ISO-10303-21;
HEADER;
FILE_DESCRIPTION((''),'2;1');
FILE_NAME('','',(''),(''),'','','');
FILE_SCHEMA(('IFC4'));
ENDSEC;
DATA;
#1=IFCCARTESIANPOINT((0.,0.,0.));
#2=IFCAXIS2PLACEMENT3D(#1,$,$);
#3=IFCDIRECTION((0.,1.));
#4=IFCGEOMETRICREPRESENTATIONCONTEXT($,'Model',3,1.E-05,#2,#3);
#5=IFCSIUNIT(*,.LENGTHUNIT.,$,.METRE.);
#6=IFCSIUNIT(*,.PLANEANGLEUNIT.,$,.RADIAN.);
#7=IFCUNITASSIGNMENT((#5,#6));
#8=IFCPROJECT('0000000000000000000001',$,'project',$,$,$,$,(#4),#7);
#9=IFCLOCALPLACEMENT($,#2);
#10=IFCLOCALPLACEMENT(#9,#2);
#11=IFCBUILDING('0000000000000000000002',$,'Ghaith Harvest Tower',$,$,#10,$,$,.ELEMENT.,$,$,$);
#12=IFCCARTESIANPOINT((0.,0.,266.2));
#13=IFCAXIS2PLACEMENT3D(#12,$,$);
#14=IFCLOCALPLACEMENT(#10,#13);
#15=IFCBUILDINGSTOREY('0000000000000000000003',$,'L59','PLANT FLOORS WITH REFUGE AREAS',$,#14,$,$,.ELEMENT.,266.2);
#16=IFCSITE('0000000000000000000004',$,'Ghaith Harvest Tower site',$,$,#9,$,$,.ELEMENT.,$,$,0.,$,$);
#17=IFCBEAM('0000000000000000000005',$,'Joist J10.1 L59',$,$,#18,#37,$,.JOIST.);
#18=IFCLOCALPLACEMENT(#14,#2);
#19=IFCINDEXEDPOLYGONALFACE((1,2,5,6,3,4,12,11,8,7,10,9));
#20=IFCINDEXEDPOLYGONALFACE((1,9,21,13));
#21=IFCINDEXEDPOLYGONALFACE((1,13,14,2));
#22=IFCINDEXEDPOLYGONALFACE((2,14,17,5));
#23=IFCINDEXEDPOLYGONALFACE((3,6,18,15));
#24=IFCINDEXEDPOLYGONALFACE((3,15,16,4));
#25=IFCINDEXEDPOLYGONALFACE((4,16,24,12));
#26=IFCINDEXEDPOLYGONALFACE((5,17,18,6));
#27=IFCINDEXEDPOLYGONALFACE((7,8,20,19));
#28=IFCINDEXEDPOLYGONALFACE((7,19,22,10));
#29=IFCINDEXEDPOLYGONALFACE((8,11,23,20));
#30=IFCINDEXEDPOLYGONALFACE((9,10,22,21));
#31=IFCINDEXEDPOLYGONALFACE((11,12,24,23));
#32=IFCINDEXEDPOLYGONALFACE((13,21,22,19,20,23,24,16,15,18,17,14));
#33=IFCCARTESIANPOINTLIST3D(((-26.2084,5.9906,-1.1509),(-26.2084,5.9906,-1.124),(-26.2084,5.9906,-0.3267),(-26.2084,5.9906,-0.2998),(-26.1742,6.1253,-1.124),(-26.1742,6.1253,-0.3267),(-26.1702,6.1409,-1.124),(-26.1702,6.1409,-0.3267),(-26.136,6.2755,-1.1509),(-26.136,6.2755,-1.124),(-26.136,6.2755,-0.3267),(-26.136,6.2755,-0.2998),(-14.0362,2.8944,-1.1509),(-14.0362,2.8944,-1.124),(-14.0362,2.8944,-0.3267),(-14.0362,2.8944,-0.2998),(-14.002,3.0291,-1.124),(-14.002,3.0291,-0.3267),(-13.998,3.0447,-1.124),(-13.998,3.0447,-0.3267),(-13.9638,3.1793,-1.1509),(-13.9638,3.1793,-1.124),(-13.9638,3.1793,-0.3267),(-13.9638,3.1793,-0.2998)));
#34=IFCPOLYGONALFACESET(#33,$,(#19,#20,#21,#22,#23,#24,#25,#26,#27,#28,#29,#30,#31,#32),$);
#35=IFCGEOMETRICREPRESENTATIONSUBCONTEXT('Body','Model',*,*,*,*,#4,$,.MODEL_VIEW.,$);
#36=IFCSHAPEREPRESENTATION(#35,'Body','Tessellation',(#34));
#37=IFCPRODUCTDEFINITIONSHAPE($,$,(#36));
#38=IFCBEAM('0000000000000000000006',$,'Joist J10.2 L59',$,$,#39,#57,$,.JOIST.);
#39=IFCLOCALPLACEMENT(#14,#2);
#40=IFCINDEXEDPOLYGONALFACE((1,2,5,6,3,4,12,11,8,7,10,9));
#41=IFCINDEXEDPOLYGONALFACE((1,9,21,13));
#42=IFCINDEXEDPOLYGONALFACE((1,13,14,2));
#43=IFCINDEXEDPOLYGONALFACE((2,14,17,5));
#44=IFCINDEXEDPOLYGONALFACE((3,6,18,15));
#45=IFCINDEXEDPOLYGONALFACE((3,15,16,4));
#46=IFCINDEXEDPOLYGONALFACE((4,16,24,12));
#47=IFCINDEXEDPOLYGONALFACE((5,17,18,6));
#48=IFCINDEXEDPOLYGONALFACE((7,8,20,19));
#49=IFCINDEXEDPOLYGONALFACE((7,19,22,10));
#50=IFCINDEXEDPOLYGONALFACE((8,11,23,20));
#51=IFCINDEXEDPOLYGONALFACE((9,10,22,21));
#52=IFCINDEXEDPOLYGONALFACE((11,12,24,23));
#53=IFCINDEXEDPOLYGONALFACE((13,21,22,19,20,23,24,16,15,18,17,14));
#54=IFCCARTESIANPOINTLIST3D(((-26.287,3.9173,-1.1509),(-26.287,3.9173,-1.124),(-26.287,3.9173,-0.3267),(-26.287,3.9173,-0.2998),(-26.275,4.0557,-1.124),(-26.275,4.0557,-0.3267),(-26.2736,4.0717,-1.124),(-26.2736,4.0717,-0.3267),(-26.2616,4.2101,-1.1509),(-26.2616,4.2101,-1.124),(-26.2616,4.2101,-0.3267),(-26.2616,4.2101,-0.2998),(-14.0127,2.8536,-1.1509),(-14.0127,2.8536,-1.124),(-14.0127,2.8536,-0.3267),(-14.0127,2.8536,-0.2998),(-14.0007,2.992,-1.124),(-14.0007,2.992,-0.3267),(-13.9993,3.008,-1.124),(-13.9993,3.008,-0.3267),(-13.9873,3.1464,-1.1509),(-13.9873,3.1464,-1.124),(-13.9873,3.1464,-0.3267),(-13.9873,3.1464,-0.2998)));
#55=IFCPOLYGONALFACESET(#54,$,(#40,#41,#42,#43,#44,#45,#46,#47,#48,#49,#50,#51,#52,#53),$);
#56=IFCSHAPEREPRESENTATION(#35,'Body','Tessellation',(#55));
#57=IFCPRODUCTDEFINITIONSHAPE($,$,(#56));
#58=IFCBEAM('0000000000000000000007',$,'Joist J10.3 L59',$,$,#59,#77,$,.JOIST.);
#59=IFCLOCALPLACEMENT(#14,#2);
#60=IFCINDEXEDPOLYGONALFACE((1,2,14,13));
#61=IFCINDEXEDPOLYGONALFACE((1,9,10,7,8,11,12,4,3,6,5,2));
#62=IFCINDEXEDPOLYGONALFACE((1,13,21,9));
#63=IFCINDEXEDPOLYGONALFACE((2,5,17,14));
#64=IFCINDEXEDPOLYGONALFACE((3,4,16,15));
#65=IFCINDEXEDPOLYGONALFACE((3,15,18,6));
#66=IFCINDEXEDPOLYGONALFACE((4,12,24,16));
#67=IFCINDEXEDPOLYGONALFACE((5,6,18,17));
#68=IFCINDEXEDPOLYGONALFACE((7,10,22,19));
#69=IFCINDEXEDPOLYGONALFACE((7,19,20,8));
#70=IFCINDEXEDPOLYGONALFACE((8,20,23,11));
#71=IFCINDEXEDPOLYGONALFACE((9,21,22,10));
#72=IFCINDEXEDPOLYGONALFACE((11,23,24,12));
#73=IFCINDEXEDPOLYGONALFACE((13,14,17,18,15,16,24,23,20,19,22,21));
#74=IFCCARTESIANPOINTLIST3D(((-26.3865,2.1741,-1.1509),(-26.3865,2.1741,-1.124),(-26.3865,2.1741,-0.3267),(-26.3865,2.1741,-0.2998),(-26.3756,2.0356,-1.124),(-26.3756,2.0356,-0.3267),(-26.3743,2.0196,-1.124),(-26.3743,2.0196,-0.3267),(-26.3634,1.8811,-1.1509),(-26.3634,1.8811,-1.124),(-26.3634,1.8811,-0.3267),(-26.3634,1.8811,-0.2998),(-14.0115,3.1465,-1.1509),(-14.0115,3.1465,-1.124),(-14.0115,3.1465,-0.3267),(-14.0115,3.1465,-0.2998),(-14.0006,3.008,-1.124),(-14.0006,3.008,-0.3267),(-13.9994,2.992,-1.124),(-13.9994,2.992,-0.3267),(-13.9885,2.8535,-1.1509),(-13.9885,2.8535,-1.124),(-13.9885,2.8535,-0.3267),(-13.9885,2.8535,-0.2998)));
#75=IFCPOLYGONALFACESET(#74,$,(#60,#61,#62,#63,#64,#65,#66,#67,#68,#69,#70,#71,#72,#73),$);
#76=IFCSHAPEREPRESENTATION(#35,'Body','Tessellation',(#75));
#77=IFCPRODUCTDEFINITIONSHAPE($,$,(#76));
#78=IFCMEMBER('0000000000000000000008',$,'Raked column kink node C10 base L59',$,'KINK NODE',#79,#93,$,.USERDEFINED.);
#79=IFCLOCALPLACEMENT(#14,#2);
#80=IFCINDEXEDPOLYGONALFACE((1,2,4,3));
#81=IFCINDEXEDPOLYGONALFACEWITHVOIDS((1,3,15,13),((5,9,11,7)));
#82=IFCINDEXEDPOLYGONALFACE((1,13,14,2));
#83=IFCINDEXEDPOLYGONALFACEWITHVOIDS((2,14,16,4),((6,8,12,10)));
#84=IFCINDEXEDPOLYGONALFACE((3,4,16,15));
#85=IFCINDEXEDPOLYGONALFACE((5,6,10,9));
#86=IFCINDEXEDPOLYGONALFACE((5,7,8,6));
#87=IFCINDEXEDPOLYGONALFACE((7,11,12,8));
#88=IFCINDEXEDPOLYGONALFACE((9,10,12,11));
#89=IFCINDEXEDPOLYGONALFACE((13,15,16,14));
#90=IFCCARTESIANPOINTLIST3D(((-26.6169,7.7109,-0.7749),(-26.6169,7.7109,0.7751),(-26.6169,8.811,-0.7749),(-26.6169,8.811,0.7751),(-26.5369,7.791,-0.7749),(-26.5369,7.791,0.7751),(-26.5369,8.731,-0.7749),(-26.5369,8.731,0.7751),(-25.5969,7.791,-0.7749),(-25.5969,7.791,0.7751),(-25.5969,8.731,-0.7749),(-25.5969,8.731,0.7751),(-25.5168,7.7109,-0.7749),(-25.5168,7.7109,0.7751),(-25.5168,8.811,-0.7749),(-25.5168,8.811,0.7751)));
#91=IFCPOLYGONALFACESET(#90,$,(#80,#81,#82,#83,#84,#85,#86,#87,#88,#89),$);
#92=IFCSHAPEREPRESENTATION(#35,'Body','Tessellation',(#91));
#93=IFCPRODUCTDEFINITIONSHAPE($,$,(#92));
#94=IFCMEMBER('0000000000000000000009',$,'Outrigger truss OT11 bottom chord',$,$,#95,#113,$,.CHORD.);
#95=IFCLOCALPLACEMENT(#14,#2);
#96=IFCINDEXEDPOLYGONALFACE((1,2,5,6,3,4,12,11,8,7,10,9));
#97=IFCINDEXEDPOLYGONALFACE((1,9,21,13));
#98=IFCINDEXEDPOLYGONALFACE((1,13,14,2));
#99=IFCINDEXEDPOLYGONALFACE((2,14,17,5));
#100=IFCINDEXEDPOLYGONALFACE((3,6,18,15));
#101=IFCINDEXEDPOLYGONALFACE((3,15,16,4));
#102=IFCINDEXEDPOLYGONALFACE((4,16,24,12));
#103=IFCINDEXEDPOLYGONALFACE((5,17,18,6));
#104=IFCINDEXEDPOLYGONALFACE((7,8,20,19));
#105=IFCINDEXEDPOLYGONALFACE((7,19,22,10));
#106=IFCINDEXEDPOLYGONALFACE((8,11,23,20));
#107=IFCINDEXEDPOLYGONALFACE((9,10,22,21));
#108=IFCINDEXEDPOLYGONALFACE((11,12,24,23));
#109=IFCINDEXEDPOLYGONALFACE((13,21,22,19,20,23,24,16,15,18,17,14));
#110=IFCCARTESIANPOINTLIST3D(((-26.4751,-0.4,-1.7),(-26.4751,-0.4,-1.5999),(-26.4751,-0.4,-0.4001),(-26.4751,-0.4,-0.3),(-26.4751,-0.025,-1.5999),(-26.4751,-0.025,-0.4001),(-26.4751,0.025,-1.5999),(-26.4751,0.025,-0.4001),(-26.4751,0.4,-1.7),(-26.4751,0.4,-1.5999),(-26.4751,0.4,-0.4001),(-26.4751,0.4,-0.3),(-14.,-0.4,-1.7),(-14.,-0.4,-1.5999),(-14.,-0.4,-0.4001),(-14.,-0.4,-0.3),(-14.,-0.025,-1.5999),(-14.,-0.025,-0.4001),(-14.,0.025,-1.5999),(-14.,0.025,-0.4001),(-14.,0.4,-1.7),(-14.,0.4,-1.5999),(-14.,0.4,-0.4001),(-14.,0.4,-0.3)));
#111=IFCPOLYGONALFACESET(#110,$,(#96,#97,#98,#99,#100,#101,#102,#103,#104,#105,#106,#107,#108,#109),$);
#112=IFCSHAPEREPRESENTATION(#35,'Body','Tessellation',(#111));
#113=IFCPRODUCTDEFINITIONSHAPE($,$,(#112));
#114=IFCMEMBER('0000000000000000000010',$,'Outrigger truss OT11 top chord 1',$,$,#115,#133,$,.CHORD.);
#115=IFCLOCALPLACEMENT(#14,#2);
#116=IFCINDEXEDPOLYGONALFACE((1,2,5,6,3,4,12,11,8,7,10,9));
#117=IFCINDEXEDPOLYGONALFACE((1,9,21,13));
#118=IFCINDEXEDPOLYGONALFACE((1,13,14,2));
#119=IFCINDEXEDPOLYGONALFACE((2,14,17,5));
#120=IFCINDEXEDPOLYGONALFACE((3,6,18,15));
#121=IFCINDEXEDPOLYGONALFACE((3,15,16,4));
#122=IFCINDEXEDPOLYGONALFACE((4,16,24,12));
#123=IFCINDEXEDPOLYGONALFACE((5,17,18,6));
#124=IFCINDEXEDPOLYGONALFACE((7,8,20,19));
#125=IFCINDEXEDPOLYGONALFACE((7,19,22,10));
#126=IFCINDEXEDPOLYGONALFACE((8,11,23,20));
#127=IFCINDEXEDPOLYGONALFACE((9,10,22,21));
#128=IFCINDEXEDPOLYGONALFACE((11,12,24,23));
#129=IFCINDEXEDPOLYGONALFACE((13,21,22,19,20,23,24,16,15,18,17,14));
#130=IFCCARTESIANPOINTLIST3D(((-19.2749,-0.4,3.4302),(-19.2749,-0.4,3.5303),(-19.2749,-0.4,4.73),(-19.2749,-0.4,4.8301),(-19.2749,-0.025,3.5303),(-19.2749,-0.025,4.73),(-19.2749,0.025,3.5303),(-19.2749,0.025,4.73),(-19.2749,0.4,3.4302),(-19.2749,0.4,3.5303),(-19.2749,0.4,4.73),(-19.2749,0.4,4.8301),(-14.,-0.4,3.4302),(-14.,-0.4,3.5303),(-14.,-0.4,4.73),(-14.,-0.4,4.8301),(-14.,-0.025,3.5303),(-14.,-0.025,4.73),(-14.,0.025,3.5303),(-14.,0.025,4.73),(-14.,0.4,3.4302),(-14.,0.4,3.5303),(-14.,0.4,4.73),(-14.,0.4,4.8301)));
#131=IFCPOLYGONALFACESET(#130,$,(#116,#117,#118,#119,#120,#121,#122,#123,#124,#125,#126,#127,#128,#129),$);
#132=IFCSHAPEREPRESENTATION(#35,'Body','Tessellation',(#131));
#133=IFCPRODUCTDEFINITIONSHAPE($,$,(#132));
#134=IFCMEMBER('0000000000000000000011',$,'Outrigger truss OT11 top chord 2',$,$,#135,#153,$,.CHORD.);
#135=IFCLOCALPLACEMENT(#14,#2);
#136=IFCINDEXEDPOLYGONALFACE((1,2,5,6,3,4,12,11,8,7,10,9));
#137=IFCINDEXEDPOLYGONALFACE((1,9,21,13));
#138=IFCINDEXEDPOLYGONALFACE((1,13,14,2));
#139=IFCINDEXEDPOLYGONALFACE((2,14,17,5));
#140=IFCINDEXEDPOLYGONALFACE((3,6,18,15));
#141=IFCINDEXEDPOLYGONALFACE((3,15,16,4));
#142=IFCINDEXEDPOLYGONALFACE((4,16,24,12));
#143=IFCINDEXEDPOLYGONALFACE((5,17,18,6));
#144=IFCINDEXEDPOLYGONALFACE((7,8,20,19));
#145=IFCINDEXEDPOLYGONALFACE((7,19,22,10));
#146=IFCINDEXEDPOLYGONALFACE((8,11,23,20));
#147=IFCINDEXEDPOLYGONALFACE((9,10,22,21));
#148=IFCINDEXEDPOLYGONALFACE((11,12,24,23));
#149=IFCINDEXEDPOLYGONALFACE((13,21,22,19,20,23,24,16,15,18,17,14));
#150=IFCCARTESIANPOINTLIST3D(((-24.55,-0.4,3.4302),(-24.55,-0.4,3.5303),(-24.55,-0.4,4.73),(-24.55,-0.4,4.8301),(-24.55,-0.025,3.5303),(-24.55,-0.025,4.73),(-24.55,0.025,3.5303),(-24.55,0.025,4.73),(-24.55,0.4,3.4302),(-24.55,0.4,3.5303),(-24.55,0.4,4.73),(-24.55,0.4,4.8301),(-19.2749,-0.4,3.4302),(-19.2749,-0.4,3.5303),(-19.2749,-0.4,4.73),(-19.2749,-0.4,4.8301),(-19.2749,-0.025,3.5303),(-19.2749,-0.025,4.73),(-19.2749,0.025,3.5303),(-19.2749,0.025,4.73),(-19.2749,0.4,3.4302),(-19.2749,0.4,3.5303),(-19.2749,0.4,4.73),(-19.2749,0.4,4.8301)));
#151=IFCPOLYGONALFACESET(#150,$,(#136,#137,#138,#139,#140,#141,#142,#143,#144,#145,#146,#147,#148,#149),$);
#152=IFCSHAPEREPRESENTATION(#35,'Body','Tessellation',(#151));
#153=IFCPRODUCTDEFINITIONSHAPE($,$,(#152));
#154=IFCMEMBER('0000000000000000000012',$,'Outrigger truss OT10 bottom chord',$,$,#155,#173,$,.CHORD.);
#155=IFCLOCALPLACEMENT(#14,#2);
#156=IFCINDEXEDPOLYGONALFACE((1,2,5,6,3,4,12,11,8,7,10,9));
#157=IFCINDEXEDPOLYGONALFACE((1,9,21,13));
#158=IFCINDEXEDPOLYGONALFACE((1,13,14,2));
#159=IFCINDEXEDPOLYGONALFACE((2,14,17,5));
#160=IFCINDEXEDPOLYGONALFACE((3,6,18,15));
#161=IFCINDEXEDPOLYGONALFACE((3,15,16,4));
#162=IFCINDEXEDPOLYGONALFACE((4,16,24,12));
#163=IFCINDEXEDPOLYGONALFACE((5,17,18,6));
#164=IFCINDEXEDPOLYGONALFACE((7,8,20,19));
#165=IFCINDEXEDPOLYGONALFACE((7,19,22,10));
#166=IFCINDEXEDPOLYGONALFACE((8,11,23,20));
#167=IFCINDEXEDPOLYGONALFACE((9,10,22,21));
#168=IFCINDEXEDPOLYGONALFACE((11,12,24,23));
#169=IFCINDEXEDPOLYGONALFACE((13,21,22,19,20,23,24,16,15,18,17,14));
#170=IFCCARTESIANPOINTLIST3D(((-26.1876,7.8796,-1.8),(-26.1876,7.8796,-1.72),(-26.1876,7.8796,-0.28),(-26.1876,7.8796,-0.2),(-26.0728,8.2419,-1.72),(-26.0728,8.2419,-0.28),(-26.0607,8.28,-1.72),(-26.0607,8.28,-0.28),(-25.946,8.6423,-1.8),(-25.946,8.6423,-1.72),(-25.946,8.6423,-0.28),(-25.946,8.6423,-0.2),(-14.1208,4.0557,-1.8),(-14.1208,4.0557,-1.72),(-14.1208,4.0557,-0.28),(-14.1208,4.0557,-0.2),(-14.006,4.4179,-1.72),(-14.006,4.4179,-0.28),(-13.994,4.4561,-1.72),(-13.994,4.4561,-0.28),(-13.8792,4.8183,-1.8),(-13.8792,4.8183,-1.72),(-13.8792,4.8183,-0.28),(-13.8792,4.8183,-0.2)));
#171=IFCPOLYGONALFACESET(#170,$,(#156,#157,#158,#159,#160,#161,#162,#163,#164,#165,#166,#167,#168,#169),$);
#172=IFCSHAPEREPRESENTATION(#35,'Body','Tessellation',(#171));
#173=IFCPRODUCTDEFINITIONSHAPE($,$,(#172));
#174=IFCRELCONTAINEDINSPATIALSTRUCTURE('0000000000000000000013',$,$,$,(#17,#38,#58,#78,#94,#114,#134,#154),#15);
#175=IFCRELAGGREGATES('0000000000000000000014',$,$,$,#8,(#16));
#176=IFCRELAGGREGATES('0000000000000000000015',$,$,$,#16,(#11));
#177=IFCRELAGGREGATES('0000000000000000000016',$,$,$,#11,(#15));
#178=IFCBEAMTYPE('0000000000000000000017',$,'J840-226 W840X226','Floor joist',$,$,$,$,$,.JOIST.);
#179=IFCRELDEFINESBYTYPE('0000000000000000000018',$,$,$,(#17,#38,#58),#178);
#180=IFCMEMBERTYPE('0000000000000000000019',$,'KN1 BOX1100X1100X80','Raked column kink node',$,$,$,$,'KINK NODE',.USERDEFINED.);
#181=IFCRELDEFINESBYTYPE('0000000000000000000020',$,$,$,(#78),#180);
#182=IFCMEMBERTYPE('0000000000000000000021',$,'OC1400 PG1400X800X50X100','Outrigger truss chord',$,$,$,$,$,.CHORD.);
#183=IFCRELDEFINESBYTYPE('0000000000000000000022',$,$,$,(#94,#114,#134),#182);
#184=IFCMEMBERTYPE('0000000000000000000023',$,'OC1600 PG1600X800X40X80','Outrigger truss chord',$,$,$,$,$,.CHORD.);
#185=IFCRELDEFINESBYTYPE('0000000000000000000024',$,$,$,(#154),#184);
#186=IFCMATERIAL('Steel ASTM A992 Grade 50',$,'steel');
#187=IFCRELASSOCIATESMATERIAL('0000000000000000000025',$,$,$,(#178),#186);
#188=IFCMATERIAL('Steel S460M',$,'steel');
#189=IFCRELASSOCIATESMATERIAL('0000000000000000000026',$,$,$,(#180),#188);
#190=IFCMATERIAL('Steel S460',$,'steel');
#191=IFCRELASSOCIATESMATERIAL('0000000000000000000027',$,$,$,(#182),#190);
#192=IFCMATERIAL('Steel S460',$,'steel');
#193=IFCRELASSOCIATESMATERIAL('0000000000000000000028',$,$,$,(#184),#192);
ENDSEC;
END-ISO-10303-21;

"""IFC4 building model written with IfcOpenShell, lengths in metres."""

from ifc_helpers import new_model, si_unit, direction, frame, origin, origin_2d, place, context, subcontext, project, spatial, hollow_rectangle, i_section, extrude, material, material_profile, profile_set, type_object, element, save


model = new_model("IFC4")

# Units and contexts
model_context = context("Model", 3, precision=1e-05, world=origin(), true_north=direction((0.0, 1.0)))
body_context = subcontext(model_context, "Body", "Model", "MODEL_VIEW")
ifc_project = project(units=[si_unit("LENGTHUNIT", "METRE"), si_unit("PLANEANGLEUNIT", "RADIAN")], contexts=[model_context])

# Site, building, storey
site_placement = place(None, origin())
site = spatial("IfcSite", under=ifc_project, at=site_placement, Name="Ghaith Harvest Tower site", CompositionType="ELEMENT", RefElevation=0.0)
building_placement = place(site_placement, origin())
building = spatial("IfcBuilding", under=site, at=building_placement, Name="Ghaith Harvest Tower", CompositionType="ELEMENT")
storey_placement = place(building_placement, frame((0.0, 0.0, 266.2)))
storey = spatial("IfcBuildingStorey", under=building, at=storey_placement, Name="L59", Description="PLANT FLOORS WITH REFUGE AREAS", CompositionType="ELEMENT", Elevation=266.2)

# Beams
ifc_material_1 = material(Name="Steel ASTM A992 Grade 50", Category="steel")
ifc_material_profile_1 = material_profile(ifc_material_1, i_section(OverallWidth=0.2939, OverallDepth=0.8511, WebThickness=0.0161, FlangeThickness=0.0269, at=origin_2d()), Name="W840X226")
ifc_profile_set_1 = profile_set([ifc_material_profile_1], Name="Steel ASTM A992 Grade 50")
beam_type_1 = type_object("IfcBeamType", Name="J840-226 W840X226", Description="Floor joist", PredefinedType="JOIST", material=ifc_profile_set_1)
beam_1_placement = place(storey_placement, frame((-14.0, 3.0369, -0.7253), z_axis=(-0.969138, 0.246517, 0.0), x_axis=(-0.246517, -0.969138, 0.0)))
element("IfcBeam", 1, at=beam_1_placement, inside=storey, type_object=beam_type_1, Name="Joist J10.1 L59", PredefinedType="JOIST", context=body_context, shape_type="SweptSolid", body=[
    extrude(i_section(OverallWidth=0.2939, OverallDepth=0.8511, WebThickness=0.0161, FlangeThickness=0.0269, at=origin_2d()), origin(), (0.0, 0.0, 1.0), 12.5598),
])
beam_2_placement = place(storey_placement, frame((-14.0, 3.0, -0.7253), z_axis=(-0.996266, 0.086338, 0.0), x_axis=(-0.086338, -0.996266, 0.0)))
element("IfcBeam", 2, at=beam_2_placement, inside=storey, type_object=beam_type_1, Name="Joist J10.2 L59", PredefinedType="JOIST", context=body_context, shape_type="SweptSolid", body=[
    extrude(i_section(OverallWidth=0.2939, OverallDepth=0.8511, WebThickness=0.0161, FlangeThickness=0.0269, at=origin_2d()), origin(), (0.0, 0.0, 1.0), 12.3203),
])
beam_3_placement = place(storey_placement, frame((-14.0, 3.0, -0.7253), z_axis=(-0.996927, -0.078337, 0.0), x_axis=(0.078337, -0.996927, 0.0)))
element("IfcBeam", 3, at=beam_3_placement, inside=storey, type_object=beam_type_1, Name="Joist J10.3 L59", PredefinedType="JOIST", context=body_context, shape_type="SweptSolid", body=[
    extrude(i_section(OverallWidth=0.2939, OverallDepth=0.8511, WebThickness=0.0161, FlangeThickness=0.0269, at=origin_2d()), origin(), (0.0, 0.0, 1.0), 12.4131),
])

# Members
ifc_material_2 = material(Name="Steel S460M", Category="steel")
ifc_material_profile_2 = material_profile(ifc_material_2, hollow_rectangle(XDim=1.1001, YDim=1.1001, WallThickness=0.0801, at=origin_2d()), Name="BOX1100X1100X80")
ifc_profile_set_2 = profile_set([ifc_material_profile_2], Name="Steel S460M")
member_type_1 = type_object("IfcMemberType", Name="KN1 BOX1100X1100X80", Description="Raked column kink node", ElementType="KINK NODE", PredefinedType="USERDEFINED", material=ifc_profile_set_2)
member_1_placement = place(storey_placement, frame((-26.0669, 8.261, -0.7749), z_axis=(0.0, 0.0, 1.0), x_axis=(1.0, 0.0, 0.0)))
element("IfcMember", 4, at=member_1_placement, inside=storey, type_object=member_type_1, Name="Raked column kink node C10 base L59", ObjectType="KINK NODE", PredefinedType="USERDEFINED", context=body_context, shape_type="SweptSolid", body=[
    extrude(hollow_rectangle(XDim=1.1001, YDim=1.1001, WallThickness=0.0801, at=origin_2d()), origin(), (0.0, 0.0, 1.0), 1.55),
])
ifc_material_3 = material(Name="Steel S460", Category="steel")
ifc_material_profile_3 = material_profile(ifc_material_3, i_section(OverallWidth=0.8, OverallDepth=1.3999, WebThickness=0.05, FlangeThickness=0.1001, at=origin_2d()), Name="PG1400X800X50X100")
ifc_profile_set_3 = profile_set([ifc_material_profile_3], Name="Steel S460")
member_type_2 = type_object("IfcMemberType", Name="OC1400 PG1400X800X50X100", Description="Outrigger truss chord", PredefinedType="CHORD", material=ifc_profile_set_3)
member_2_placement = place(storey_placement, frame((-14.0, 0.0, -1.0), z_axis=(-1.0, 0.0, 0.0), x_axis=(0.0, -1.0, 0.0)))
element("IfcMember", 5, at=member_2_placement, inside=storey, type_object=member_type_2, Name="Outrigger truss OT11 bottom chord", PredefinedType="CHORD", context=body_context, shape_type="SweptSolid", body=[
    extrude(i_section(OverallWidth=0.8, OverallDepth=1.3999, WebThickness=0.05, FlangeThickness=0.1001, at=origin_2d()), origin(), (0.0, 0.0, 1.0), 12.4751),
])
member_3_placement = place(storey_placement, frame((-14.0, 0.0, 4.1301), z_axis=(-1.0, 0.0, 0.0), x_axis=(0.0, -1.0, 0.0)))
element("IfcMember", 6, at=member_3_placement, inside=storey, type_object=member_type_2, Name="Outrigger truss OT11 top chord 1", PredefinedType="CHORD", context=body_context, shape_type="SweptSolid", body=[
    extrude(i_section(OverallWidth=0.8, OverallDepth=1.3999, WebThickness=0.05, FlangeThickness=0.1001, at=origin_2d()), origin(), (0.0, 0.0, 1.0), 5.2749),
])
member_4_placement = place(storey_placement, frame((-19.2749, 0.0, 4.1301), z_axis=(-1.0, 0.0, 0.0), x_axis=(0.0, -1.0, 0.0)))
element("IfcMember", 7, at=member_4_placement, inside=storey, type_object=member_type_2, Name="Outrigger truss OT11 top chord 2", PredefinedType="CHORD", context=body_context, shape_type="SweptSolid", body=[
    extrude(i_section(OverallWidth=0.8, OverallDepth=1.3999, WebThickness=0.05, FlangeThickness=0.1001, at=origin_2d()), origin(), (0.0, 0.0, 1.0), 5.2751),
])
ifc_material_4 = material(Name="Steel S460", Category="steel")
ifc_material_profile_4 = material_profile(ifc_material_4, i_section(OverallWidth=0.8, OverallDepth=1.6001, WebThickness=0.04, FlangeThickness=0.0801, at=origin_2d()), Name="PG1600X800X40X80")
ifc_profile_set_4 = profile_set([ifc_material_profile_4], Name="Steel S460")
member_type_3 = type_object("IfcMemberType", Name="OC1600 PG1600X800X40X80", Description="Outrigger truss chord", PredefinedType="CHORD", material=ifc_profile_set_4)
member_5_placement = place(storey_placement, frame((-14.0, 4.437, -1.0), z_axis=(-0.953279, 0.302092, 0.0), x_axis=(-0.302092, -0.953279, 0.0)))
element("IfcMember", 8, at=member_5_placement, inside=storey, type_object=member_type_3, Name="Outrigger truss OT10 bottom chord", PredefinedType="CHORD", context=body_context, shape_type="SweptSolid", body=[
    extrude(i_section(OverallWidth=0.8, OverallDepth=1.6001, WebThickness=0.04, FlangeThickness=0.0801, at=origin_2d()), origin(), (0.0, 0.0, 1.0), 12.6582),
])

save(model, "model.ifc")
